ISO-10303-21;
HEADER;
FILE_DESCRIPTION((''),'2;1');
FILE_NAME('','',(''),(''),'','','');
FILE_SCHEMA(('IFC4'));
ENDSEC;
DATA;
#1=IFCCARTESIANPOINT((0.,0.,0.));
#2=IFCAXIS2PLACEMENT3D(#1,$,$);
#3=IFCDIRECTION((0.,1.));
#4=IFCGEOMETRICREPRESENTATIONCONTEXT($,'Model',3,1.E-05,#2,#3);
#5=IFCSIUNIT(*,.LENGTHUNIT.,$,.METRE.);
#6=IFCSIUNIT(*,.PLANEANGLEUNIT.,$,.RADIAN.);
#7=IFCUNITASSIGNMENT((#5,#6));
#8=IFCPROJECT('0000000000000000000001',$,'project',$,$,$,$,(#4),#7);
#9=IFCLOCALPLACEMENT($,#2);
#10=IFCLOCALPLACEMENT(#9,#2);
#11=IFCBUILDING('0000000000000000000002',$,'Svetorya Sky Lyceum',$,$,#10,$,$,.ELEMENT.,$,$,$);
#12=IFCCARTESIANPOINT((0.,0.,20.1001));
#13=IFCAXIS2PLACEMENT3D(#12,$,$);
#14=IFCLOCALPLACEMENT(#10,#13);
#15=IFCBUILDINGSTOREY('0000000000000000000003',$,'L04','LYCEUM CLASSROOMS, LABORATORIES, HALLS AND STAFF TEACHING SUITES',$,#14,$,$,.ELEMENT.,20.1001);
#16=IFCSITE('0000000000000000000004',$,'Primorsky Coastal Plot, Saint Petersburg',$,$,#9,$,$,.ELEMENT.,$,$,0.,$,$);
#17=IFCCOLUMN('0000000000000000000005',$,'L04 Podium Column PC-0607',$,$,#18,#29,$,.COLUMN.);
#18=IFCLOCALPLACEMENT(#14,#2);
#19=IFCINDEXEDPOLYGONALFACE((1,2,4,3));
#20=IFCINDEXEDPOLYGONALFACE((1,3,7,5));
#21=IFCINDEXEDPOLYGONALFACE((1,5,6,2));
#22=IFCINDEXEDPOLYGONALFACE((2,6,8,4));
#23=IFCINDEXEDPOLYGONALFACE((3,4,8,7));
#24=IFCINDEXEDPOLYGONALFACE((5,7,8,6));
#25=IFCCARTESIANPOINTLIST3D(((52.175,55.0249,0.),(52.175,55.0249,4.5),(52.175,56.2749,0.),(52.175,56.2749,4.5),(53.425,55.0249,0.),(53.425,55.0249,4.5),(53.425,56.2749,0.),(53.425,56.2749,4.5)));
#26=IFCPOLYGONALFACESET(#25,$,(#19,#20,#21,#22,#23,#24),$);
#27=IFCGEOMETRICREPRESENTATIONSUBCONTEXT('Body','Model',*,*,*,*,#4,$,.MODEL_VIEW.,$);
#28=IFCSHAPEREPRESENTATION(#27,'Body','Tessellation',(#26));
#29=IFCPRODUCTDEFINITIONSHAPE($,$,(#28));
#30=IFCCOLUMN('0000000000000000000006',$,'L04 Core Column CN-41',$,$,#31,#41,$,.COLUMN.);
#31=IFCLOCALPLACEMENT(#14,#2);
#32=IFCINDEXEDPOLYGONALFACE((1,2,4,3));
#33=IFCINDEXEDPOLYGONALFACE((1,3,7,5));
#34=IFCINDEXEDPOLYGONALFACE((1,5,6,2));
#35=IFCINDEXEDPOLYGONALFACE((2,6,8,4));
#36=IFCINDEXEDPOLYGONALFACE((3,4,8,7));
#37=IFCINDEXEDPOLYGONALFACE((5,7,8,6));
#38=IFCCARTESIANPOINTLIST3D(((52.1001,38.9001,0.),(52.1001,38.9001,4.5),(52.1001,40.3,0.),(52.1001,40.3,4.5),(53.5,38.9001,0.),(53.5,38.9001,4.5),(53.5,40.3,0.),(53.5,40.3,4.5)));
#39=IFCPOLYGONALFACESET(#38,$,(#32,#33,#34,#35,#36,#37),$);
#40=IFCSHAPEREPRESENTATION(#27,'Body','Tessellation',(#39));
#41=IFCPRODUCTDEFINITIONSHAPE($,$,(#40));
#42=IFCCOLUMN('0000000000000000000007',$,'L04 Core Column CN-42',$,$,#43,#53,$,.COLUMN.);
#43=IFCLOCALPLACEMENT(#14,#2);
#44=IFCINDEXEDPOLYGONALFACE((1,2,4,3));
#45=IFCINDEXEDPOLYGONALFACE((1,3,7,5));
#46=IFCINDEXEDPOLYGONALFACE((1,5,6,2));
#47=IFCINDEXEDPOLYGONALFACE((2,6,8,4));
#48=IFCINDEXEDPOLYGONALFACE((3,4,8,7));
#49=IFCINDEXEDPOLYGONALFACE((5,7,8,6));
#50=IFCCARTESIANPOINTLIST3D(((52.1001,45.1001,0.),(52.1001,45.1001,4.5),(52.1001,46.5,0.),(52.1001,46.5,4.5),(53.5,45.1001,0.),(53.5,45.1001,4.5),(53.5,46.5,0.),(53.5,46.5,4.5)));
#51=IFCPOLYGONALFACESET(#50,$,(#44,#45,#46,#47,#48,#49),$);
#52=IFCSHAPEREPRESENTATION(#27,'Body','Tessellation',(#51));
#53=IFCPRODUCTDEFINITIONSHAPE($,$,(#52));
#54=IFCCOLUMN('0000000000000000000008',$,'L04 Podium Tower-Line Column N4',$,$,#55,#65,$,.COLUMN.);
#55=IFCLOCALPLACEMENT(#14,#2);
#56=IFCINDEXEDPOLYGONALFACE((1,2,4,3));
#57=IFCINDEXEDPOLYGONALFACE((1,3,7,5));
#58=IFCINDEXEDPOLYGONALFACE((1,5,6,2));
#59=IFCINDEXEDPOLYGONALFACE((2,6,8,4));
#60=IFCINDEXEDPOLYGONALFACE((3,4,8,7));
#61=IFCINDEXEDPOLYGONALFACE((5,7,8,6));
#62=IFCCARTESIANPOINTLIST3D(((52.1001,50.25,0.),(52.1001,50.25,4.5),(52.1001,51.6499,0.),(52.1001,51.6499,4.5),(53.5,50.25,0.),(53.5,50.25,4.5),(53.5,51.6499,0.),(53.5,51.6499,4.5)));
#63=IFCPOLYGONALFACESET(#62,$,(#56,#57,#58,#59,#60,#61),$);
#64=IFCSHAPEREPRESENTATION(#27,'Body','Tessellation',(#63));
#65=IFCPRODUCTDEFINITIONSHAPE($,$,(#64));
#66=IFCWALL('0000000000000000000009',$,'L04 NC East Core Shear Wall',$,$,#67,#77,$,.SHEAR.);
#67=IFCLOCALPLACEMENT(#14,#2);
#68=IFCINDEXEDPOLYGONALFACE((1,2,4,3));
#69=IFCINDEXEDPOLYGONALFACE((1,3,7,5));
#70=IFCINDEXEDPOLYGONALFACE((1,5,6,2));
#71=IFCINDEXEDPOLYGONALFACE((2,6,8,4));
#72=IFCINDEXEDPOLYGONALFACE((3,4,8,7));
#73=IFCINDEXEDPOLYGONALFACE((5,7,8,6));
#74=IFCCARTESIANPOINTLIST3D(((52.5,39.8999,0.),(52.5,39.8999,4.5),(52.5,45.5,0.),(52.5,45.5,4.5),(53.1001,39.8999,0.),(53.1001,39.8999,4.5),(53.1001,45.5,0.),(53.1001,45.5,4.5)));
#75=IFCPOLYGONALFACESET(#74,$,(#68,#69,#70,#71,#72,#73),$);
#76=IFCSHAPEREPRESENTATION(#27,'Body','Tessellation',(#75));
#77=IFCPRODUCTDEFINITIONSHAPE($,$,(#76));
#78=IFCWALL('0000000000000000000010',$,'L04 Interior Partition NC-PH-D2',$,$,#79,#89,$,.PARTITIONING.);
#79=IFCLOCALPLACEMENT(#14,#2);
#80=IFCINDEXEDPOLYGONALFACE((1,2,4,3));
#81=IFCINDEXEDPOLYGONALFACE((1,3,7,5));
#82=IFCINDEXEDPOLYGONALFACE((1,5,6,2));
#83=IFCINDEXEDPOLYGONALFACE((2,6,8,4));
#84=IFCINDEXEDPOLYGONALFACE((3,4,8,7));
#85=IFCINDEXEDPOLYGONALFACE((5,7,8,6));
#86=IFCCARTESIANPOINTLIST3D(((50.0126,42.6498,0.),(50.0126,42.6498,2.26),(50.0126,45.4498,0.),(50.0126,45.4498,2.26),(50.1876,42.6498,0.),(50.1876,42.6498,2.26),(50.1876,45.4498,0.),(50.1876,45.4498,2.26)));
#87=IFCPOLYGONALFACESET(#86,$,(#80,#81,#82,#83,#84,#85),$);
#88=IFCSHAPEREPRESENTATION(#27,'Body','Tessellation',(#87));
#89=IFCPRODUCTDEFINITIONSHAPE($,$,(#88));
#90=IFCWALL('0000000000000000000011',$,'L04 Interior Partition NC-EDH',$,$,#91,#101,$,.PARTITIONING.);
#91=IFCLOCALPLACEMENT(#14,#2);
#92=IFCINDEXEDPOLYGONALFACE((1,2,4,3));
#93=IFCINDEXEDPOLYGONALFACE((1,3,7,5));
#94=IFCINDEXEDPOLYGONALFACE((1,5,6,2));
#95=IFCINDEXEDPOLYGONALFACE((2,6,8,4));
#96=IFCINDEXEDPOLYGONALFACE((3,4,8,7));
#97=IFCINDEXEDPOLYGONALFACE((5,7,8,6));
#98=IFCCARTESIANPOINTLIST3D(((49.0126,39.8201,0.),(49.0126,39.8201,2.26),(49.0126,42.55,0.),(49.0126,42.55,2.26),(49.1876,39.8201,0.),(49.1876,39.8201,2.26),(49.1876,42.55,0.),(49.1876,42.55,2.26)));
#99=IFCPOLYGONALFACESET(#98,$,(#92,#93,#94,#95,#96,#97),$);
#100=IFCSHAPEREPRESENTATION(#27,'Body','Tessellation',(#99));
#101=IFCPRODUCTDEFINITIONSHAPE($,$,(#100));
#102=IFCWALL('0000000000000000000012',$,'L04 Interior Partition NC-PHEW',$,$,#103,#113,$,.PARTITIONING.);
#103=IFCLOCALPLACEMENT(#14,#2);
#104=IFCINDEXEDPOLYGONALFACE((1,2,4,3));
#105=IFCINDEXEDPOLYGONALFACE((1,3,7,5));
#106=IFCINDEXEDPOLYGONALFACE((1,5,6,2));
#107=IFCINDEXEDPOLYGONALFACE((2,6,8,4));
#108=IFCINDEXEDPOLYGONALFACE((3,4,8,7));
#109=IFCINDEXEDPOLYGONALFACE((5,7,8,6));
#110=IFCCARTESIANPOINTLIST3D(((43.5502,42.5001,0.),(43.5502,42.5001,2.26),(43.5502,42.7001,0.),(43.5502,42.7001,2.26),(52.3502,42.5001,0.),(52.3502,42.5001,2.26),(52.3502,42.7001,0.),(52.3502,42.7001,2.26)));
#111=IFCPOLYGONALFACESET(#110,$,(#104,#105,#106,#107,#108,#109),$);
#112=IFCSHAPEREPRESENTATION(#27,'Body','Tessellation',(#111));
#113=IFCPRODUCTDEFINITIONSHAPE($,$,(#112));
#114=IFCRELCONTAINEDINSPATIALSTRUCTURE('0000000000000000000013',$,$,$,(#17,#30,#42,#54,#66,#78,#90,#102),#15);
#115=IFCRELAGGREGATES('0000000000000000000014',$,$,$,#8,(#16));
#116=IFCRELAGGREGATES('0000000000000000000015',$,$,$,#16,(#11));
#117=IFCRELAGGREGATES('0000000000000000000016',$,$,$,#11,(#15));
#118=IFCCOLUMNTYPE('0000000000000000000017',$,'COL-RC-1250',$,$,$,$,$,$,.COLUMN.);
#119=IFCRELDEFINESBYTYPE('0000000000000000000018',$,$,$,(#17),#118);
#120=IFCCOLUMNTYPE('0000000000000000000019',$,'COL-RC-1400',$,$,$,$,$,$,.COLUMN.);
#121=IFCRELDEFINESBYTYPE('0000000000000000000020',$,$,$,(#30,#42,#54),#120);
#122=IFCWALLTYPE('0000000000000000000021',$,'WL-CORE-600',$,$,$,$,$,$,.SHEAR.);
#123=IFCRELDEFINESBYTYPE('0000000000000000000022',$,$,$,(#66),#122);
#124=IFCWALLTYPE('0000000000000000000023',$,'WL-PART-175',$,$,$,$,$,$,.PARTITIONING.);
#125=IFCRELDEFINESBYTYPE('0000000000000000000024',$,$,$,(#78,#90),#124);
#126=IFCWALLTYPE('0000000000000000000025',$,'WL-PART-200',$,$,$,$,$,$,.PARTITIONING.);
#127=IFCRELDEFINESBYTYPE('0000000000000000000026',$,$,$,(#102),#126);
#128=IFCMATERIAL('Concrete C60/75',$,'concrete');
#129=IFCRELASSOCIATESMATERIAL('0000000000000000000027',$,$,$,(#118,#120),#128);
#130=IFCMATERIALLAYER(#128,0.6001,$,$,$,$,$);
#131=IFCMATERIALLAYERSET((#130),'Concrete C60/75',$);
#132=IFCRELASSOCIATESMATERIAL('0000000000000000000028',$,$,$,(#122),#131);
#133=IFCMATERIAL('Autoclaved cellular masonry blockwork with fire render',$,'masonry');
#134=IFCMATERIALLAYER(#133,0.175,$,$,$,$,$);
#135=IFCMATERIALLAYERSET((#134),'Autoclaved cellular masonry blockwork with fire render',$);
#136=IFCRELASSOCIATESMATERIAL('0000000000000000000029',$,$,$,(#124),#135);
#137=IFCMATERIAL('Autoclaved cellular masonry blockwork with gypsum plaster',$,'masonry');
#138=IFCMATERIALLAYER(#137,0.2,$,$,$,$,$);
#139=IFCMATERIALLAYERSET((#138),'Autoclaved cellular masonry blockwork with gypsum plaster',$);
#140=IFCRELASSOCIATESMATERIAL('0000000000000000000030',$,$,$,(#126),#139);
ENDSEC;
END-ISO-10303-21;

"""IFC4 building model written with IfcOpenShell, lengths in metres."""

from ifc_helpers import new_model, si_unit, direction, frame, frame_2d, origin, origin_2d, place, context, subcontext, project, spatial, rectangle, extrude, material, layer, layer_set, material_profile, profile_set, type_object, element, save


model = new_model("IFC4")

# Units and contexts
model_context = context("Model", 3, precision=1e-05, world=origin(), true_north=direction((0.0, 1.0)))
body_context = subcontext(model_context, "Body", "Model", "MODEL_VIEW")
ifc_project = project(units=[si_unit("LENGTHUNIT", "METRE"), si_unit("PLANEANGLEUNIT", "RADIAN")], contexts=[model_context])

# Site, building, storey
site_placement = place(None, origin())
site = spatial("IfcSite", under=ifc_project, at=site_placement, Name="Primorsky Coastal Plot, Saint Petersburg", CompositionType="ELEMENT", RefElevation=0.0)
building_placement = place(site_placement, origin())
building = spatial("IfcBuilding", under=site, at=building_placement, Name="Svetorya Sky Lyceum", CompositionType="ELEMENT")
storey_placement = place(building_placement, frame((0.0, 0.0, 20.1001)))
storey = spatial("IfcBuildingStorey", under=building, at=storey_placement, Name="L04", Description="LYCEUM CLASSROOMS, LABORATORIES, HALLS AND STAFF TEACHING SUITES", CompositionType="ELEMENT", Elevation=20.1001)

# Columns
ifc_material_1 = material(Name="Concrete C60/75", Category="concrete")
ifc_material_profile_1 = material_profile(ifc_material_1, rectangle(XDim=1.25, YDim=1.25, at=origin_2d()), Name="RC COL 1250x1250")
ifc_profile_set_1 = profile_set([ifc_material_profile_1], Name="Concrete C60/75")
column_type_1 = type_object("IfcColumnType", Name="COL-RC-1250", PredefinedType="COLUMN", material=ifc_profile_set_1)
column_placement = place(storey_placement, frame((52.8, 55.6499, 0.0), z_axis=(0.0, 0.0, 1.0), x_axis=(1.0, 0.0, 0.0)))
element("IfcColumn", 1, at=column_placement, inside=storey, type_object=column_type_1, Name="L04 Podium Column PC-0607", PredefinedType="COLUMN", context=body_context, shape_type="SweptSolid", body=[
    extrude(rectangle(XDim=1.25, YDim=1.25, at=origin_2d()), origin(), (0.0, 0.0, 1.0), 4.5),
])
ifc_material_profile_2 = material_profile(ifc_material_1, rectangle(XDim=1.3999, YDim=1.3999, at=origin_2d()), Name="RC COL 1400x1400")
ifc_profile_set_2 = profile_set([ifc_material_profile_2], Name="Concrete C60/75")
column_type_2 = type_object("IfcColumnType", Name="COL-RC-1400", PredefinedType="COLUMN", material=ifc_profile_set_2)
for number, where, z_axis, x_axis, name in (
    (2, (52.8, 39.6001, 0.0), (0.0, 0.0, 1.0), (1.0, 0.0, 0.0), "L04 Core Column CN-41"),
    (3, (52.8, 45.8, 0.0), (0.0, 0.0, 1.0), (1.0, 0.0, 0.0), "L04 Core Column CN-42"),
    (4, (52.8, 50.95, 0.0), (0.0, 0.0, 1.0), (1.0, 0.0, 0.0), "L04 Podium Tower-Line Column N4"),
):
    element("IfcColumn", number, at=place(storey_placement, frame(where, z_axis=z_axis, x_axis=x_axis)), inside=storey, type_object=column_type_2, Name=name, PredefinedType="COLUMN", context=body_context, shape_type="SweptSolid", body=[
        extrude(rectangle(XDim=1.3999, YDim=1.3999, at=origin_2d()), origin(), (0.0, 0.0, 1.0), 4.5),
    ])

# Wall
ifc_layer_1 = layer(ifc_material_1, 0.6001)
ifc_layer_set_1 = layer_set([ifc_layer_1], Name="Concrete C60/75")
wall_type_1 = type_object("IfcWallType", Name="WL-CORE-600", PredefinedType="SHEAR", material=ifc_layer_set_1)
wall_1_placement = place(storey_placement, frame((52.8, 39.8999, 0.0), z_axis=(0.0, 0.0, 1.0), x_axis=(0.0, 1.0, 0.0)))
element("IfcWall", 5, at=wall_1_placement, inside=storey, type_object=wall_type_1, Name="L04 NC East Core Shear Wall", PredefinedType="SHEAR", context=body_context, shape_type="SweptSolid", body=[
    extrude(rectangle(XDim=5.6001, YDim=0.6001, at=frame_2d((2.8, 0.0))), origin(), (0.0, 0.0, 1.0), 4.5),
])

# Walls
ifc_material_2 = material(Name="Autoclaved cellular masonry blockwork with fire render", Category="masonry")
ifc_layer_2 = layer(ifc_material_2, 0.175)
ifc_layer_set_2 = layer_set([ifc_layer_2], Name="Autoclaved cellular masonry blockwork with fire render")
wall_type_2 = type_object("IfcWallType", Name="WL-PART-175", PredefinedType="PARTITIONING", material=ifc_layer_set_2)
wall_2_placement = place(storey_placement, frame((50.1001, 42.6499, 0.0), z_axis=(0.0, 0.0, 1.0), x_axis=(0.0, 1.0, 0.0)))
element("IfcWall", 6, at=wall_2_placement, inside=storey, type_object=wall_type_2, Name="L04 Interior Partition NC-PH-D2", PredefinedType="PARTITIONING", context=body_context, shape_type="SweptSolid", body=[
    extrude(rectangle(XDim=2.8, YDim=0.175, at=frame_2d((1.3999, 0.0))), origin(), (0.0, 0.0, 1.0), 2.26),
])
wall_3_placement = place(storey_placement, frame((49.1001, 39.8201, 0.0), z_axis=(0.0, 0.0, 1.0), x_axis=(0.0, 1.0, 0.0)))
element("IfcWall", 7, at=wall_3_placement, inside=storey, type_object=wall_type_2, Name="L04 Interior Partition NC-EDH", PredefinedType="PARTITIONING", context=body_context, shape_type="SweptSolid", body=[
    extrude(rectangle(XDim=2.73, YDim=0.175, at=frame_2d((1.365, 0.0))), origin(), (0.0, 0.0, 1.0), 2.26),
])
ifc_material_3 = material(Name="Autoclaved cellular masonry blockwork with gypsum plaster", Category="masonry")
ifc_layer_3 = layer(ifc_material_3, 0.2)
ifc_layer_set_3 = layer_set([ifc_layer_3], Name="Autoclaved cellular masonry blockwork with gypsum plaster")
wall_type_3 = type_object("IfcWallType", Name="WL-PART-200", PredefinedType="PARTITIONING", material=ifc_layer_set_3)
wall_4_placement = place(storey_placement, frame((52.3501, 42.6001, 0.0), z_axis=(0.0, 0.0, 1.0), x_axis=(-1.0, 0.0, 0.0)))
element("IfcWall", 8, at=wall_4_placement, inside=storey, type_object=wall_type_3, Name="L04 Interior Partition NC-PHEW", PredefinedType="PARTITIONING", context=body_context, shape_type="SweptSolid", body=[
    extrude(rectangle(XDim=8.8, YDim=0.2, at=frame_2d((4.3999, 0.0))), origin(), (0.0, 0.0, 1.0), 2.26),
])

save(model, "model.ifc")
